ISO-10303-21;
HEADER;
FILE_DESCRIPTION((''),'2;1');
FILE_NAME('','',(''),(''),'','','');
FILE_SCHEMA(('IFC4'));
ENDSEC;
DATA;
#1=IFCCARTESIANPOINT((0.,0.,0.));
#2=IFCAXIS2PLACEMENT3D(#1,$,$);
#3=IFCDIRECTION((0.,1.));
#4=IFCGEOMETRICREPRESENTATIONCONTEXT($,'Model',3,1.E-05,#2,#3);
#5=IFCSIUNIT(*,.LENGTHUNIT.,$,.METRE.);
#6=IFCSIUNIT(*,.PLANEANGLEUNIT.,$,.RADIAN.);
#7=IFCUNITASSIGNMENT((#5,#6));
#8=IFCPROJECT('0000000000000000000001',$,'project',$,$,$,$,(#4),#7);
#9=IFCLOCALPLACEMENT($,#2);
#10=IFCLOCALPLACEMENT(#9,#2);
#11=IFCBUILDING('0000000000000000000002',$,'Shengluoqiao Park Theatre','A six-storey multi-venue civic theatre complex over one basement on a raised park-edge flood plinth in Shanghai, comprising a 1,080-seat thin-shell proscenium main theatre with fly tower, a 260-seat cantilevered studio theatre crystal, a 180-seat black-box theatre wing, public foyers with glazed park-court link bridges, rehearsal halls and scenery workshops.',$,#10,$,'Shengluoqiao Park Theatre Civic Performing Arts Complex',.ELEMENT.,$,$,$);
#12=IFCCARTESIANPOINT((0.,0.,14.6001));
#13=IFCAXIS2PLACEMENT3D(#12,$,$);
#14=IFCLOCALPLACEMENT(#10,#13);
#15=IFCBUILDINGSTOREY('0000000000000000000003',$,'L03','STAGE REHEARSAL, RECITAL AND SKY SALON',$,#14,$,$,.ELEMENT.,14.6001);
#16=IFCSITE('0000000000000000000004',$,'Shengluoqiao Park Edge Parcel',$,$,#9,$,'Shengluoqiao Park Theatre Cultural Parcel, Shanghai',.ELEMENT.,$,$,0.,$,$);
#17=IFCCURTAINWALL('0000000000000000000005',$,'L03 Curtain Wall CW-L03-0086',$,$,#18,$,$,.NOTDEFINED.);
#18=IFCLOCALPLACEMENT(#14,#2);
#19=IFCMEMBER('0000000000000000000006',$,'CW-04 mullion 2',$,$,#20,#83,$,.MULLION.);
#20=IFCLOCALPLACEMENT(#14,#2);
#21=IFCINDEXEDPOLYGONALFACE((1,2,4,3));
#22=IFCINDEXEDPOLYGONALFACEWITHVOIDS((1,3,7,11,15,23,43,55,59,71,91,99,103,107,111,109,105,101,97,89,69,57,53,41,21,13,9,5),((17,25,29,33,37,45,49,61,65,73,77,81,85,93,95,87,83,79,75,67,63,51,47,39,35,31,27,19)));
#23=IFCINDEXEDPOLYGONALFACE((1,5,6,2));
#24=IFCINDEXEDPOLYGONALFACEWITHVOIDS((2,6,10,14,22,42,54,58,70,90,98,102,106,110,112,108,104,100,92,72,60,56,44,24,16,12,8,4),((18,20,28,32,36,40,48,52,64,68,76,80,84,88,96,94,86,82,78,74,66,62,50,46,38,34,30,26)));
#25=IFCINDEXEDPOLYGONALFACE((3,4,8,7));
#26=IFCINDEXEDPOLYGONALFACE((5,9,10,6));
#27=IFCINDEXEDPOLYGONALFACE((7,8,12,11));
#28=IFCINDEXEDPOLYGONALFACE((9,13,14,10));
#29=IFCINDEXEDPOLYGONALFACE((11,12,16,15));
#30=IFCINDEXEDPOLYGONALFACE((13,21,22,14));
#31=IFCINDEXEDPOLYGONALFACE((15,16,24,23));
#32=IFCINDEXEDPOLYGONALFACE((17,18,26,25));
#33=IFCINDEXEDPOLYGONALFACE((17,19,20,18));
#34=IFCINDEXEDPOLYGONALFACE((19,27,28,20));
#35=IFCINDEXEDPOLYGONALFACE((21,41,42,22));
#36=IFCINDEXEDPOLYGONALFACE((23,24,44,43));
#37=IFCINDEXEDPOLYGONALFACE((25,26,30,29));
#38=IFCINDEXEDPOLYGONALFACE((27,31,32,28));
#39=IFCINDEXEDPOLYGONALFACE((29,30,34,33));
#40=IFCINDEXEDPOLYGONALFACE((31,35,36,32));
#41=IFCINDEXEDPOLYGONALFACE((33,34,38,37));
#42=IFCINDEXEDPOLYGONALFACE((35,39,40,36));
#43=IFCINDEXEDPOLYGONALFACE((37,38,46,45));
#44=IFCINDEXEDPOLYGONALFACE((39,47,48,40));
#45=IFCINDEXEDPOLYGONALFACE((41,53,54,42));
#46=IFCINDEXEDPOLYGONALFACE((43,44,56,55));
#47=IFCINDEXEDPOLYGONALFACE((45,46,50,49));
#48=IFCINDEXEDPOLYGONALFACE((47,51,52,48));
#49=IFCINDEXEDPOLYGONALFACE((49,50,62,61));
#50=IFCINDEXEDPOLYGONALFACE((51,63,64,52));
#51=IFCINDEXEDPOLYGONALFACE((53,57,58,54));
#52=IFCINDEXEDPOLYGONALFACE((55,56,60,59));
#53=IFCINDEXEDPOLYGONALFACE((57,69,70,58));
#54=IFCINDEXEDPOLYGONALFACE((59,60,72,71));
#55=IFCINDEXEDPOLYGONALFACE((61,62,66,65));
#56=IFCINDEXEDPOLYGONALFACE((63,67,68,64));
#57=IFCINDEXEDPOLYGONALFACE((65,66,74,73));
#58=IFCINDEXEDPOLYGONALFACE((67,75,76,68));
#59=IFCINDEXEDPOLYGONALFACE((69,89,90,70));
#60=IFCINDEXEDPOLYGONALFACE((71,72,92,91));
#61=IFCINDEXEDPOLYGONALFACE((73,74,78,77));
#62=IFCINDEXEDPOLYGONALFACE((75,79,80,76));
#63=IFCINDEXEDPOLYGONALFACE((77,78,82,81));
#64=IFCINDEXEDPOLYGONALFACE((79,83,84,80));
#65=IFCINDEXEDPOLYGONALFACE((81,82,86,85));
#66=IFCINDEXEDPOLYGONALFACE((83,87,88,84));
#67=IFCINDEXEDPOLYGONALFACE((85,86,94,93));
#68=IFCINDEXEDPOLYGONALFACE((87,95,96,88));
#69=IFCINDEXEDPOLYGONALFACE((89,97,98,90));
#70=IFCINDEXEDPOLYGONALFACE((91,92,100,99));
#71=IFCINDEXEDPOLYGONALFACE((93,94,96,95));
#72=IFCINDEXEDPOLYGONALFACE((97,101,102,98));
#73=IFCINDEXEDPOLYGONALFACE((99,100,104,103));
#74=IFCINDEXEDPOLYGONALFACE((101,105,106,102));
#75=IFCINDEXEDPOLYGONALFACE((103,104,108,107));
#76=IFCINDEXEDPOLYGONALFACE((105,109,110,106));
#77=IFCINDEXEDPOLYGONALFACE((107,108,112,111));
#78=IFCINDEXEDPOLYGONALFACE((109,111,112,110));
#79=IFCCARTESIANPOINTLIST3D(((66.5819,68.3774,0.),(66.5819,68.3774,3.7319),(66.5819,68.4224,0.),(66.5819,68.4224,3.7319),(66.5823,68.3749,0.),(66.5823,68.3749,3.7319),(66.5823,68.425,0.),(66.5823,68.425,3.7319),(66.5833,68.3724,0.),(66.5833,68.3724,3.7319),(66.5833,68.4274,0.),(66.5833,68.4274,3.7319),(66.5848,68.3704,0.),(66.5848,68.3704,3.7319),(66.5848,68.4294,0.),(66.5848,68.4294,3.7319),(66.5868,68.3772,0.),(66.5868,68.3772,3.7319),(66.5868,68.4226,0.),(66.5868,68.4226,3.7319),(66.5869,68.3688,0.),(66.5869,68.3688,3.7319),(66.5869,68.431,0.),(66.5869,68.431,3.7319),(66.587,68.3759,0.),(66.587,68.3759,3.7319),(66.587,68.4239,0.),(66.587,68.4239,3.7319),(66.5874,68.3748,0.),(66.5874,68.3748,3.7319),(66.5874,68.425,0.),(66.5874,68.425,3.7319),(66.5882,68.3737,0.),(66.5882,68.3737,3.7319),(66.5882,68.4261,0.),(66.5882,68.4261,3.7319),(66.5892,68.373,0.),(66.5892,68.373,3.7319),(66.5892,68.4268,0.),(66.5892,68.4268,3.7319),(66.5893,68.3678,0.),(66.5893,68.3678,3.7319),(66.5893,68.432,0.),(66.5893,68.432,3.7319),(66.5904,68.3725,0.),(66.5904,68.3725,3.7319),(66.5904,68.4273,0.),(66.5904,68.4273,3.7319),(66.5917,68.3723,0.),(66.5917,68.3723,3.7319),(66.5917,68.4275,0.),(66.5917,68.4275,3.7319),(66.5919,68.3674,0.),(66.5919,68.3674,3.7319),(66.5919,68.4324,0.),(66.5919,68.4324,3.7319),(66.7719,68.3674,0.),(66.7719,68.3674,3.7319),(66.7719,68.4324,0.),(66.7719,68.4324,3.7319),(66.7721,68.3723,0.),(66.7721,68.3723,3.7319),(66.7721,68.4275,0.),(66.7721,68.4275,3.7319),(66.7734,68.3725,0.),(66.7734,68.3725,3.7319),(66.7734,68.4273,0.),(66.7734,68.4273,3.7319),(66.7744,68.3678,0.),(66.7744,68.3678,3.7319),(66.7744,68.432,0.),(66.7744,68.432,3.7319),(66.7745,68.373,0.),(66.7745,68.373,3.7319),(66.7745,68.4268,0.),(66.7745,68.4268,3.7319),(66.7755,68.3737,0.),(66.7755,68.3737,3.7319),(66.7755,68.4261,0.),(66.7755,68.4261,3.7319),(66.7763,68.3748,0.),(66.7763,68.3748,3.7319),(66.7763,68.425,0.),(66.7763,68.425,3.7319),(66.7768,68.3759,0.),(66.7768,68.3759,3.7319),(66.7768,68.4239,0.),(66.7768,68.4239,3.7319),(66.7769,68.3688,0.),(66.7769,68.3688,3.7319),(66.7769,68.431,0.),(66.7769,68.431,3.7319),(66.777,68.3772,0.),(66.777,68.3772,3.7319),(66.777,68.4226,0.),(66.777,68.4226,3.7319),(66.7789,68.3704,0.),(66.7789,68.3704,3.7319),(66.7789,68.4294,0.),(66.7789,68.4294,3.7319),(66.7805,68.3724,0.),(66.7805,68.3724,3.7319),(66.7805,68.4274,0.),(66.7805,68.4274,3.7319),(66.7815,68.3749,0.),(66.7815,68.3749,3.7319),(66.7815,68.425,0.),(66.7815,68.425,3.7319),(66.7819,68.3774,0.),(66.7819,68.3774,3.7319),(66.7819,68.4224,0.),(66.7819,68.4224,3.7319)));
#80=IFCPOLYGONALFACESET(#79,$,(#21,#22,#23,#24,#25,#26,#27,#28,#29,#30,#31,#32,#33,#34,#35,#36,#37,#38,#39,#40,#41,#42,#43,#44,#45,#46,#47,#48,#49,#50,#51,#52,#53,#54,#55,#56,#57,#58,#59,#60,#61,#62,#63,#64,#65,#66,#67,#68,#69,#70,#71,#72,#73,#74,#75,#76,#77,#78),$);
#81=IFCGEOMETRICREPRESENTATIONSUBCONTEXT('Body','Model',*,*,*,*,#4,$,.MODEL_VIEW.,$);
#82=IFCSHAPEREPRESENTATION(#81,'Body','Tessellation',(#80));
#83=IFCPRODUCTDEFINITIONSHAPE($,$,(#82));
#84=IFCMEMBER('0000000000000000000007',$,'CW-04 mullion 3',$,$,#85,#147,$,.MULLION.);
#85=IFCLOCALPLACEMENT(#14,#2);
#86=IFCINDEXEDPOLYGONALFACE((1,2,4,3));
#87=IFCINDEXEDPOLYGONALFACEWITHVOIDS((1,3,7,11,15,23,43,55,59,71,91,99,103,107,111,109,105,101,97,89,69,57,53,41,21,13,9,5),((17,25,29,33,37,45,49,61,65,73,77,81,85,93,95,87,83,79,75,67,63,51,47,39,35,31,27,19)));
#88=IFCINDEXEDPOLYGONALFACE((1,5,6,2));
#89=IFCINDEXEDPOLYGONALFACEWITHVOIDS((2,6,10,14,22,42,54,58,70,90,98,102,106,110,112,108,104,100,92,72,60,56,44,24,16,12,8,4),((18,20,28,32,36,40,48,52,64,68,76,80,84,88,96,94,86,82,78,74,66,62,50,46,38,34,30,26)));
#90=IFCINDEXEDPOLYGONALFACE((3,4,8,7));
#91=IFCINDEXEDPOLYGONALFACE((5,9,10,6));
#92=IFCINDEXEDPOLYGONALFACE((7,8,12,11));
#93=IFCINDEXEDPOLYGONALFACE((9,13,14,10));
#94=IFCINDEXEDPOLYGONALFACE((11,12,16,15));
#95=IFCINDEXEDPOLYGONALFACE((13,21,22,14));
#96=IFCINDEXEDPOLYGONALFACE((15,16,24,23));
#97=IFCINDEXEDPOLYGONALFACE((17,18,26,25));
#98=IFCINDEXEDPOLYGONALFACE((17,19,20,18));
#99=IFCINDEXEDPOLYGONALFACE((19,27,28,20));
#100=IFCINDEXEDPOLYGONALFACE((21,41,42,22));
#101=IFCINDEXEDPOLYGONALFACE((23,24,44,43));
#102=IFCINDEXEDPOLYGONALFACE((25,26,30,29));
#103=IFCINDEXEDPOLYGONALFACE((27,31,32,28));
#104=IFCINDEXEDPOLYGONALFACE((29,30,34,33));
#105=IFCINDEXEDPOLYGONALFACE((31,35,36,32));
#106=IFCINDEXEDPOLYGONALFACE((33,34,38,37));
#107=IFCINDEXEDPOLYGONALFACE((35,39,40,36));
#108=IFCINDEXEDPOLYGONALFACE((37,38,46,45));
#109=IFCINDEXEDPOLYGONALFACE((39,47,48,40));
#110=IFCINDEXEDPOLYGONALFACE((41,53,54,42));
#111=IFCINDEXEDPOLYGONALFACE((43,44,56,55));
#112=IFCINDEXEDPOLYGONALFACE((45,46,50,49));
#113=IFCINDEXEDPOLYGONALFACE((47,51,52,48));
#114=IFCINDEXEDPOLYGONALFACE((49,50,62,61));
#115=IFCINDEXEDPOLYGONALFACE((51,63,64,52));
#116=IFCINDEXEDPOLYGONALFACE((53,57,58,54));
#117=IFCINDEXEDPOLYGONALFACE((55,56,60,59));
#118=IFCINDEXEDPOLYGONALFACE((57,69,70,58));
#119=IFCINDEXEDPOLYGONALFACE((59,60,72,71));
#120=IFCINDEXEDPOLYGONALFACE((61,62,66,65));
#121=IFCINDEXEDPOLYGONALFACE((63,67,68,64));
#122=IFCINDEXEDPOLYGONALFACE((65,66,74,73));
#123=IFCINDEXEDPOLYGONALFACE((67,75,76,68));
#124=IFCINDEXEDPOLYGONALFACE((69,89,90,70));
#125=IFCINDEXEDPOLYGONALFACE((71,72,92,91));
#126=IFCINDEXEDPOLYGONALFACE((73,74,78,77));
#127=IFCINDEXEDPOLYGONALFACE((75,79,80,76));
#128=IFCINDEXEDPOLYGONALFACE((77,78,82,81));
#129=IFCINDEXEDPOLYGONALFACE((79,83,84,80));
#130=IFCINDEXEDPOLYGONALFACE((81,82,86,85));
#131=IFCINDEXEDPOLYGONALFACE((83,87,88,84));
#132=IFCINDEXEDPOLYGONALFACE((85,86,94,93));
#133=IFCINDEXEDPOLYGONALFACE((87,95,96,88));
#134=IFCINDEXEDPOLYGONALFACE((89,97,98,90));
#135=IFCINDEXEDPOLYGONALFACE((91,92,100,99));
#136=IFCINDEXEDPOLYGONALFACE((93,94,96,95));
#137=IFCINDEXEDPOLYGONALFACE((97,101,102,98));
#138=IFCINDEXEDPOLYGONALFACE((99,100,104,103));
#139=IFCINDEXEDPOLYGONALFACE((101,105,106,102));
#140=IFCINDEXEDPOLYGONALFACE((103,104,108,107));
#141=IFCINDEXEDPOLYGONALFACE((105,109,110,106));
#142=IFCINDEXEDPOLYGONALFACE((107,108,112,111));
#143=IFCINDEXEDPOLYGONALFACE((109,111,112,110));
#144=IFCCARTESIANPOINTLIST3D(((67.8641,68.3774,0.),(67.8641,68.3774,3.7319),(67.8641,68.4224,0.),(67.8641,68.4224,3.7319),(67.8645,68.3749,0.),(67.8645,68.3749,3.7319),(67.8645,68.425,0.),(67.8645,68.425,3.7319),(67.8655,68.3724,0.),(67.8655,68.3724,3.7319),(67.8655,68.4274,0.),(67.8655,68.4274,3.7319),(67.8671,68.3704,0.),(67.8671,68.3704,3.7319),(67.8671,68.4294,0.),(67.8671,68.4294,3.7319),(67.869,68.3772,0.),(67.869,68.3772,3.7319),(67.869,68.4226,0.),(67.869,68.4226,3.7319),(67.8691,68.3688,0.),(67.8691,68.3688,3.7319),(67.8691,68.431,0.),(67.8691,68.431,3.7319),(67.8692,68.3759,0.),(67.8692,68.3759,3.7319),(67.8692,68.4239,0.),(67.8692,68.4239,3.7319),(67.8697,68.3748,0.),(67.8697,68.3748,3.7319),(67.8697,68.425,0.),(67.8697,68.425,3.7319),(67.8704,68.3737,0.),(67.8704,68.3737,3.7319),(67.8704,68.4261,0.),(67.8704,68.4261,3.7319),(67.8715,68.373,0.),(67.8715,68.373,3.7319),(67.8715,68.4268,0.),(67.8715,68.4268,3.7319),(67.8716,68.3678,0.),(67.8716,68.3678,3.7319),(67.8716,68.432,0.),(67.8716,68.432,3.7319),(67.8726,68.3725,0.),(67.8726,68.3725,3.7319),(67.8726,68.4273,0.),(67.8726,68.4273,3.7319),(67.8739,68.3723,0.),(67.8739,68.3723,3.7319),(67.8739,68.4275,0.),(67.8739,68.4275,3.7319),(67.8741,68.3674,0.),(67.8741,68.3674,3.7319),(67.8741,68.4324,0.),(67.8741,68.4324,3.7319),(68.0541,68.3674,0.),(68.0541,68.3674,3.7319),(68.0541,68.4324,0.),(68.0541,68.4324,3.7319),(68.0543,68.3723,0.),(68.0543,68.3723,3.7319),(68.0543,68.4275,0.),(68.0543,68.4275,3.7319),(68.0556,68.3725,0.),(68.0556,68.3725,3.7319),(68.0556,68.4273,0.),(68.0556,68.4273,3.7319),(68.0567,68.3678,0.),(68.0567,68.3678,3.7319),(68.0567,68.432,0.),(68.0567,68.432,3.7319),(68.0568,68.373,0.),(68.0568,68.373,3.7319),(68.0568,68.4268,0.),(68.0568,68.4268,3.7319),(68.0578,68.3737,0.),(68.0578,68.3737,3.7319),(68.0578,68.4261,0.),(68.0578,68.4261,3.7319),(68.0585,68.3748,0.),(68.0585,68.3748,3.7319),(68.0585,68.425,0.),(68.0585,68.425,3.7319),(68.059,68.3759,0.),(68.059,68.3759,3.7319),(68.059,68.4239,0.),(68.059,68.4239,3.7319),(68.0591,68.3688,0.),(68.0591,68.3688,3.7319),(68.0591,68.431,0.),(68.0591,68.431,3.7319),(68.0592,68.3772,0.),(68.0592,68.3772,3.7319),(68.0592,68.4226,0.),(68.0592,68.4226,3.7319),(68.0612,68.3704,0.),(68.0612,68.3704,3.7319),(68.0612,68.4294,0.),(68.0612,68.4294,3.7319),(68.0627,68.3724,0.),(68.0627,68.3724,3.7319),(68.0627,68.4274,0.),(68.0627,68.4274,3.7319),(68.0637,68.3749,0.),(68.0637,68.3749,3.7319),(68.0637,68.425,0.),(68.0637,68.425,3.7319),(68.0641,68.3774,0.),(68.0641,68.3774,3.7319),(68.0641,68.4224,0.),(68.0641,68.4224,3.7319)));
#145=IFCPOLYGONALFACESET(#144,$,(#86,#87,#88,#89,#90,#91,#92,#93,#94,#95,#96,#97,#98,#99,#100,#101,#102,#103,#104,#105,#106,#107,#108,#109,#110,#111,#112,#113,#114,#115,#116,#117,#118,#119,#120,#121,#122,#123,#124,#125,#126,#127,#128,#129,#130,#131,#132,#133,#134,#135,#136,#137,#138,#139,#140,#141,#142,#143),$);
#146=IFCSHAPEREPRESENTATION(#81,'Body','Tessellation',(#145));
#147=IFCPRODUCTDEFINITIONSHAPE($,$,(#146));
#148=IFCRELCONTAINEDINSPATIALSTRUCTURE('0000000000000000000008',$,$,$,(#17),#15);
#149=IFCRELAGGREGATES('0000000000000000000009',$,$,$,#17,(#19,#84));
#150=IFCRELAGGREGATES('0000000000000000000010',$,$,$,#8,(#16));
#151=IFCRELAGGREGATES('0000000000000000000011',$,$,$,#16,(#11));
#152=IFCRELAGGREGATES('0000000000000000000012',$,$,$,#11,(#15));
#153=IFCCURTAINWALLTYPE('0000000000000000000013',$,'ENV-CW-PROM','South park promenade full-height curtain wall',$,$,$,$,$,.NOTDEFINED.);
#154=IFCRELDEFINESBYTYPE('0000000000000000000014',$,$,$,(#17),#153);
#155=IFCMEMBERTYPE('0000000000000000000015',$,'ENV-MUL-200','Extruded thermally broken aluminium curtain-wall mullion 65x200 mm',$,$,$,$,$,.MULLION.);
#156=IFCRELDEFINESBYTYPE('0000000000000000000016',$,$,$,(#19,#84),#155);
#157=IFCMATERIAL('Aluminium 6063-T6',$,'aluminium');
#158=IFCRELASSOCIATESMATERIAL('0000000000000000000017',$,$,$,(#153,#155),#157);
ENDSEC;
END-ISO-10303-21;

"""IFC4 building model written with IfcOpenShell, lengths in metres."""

from ifc_helpers import new_model, si_unit, direction, frame, origin, origin_2d, place, context, subcontext, project, spatial, hollow_rectangle, extrude, material, material_profile, profile_set, type_object, element, aggregate, save


model = new_model("IFC4")

# Units and contexts
model_context = context("Model", 3, precision=1e-05, world=origin(), true_north=direction((0.0, 1.0)))
body_context = subcontext(model_context, "Body", "Model", "MODEL_VIEW")
ifc_project = project(units=[si_unit("LENGTHUNIT", "METRE"), si_unit("PLANEANGLEUNIT", "RADIAN")], contexts=[model_context])

# Site, building, storey
site_placement = place(None, origin())
site = spatial("IfcSite", under=ifc_project, at=site_placement, Name="Shengluoqiao Park Edge Parcel", LongName="Shengluoqiao Park Theatre Cultural Parcel, Shanghai", CompositionType="ELEMENT", RefElevation=0.0)
building_placement = place(site_placement, origin())
building = spatial("IfcBuilding", under=site, at=building_placement, Name="Shengluoqiao Park Theatre", Description="A six-storey multi-venue civic theatre complex over one basement on a raised park-edge flood plinth in Shanghai, comprising a 1,080-seat thin-shell proscenium main theatre with fly tower, a 260-seat cantilevered studio theatre crystal, a 180-seat black-box theatre wing, public foyers with glazed park-court link bridges, rehearsal halls and scenery workshops.", LongName="Shengluoqiao Park Theatre Civic Performing Arts Complex", CompositionType="ELEMENT")
storey_placement = place(building_placement, frame((0.0, 0.0, 14.6001)))
storey = spatial("IfcBuildingStorey", under=building, at=storey_placement, Name="L03", Description="STAGE REHEARSAL, RECITAL AND SKY SALON", CompositionType="ELEMENT", Elevation=14.6001)

# Shared definitions
ifc_material_1 = material(Name="Aluminium 6063-T6", Category="aluminium")
curtain_wall_type = type_object("IfcCurtainWallType", Name="ENV-CW-PROM", Description="South park promenade full-height curtain wall", PredefinedType="NOTDEFINED", material=ifc_material_1)
ifc_material_profile_1 = material_profile(ifc_material_1, hollow_rectangle(XDim=0.0649, YDim=0.2, WallThickness=0.0049, InnerFilletRadius=0.0049, OuterFilletRadius=0.01, at=origin_2d()), Name="ALU MULLION 200x65x5")
ifc_profile_set_1 = profile_set([ifc_material_profile_1], Name="Aluminium 6063-T6")
member_type_1 = type_object("IfcMemberType", Name="ENV-MUL-200", Description="Extruded thermally broken aluminium curtain-wall mullion 65x200 mm", PredefinedType="MULLION", material=ifc_profile_set_1)

# Curtain wall, members
curtain_wall_1_placement = place(storey_placement, origin())
curtain_wall_1 = element("IfcCurtainWall", 1, at=curtain_wall_1_placement, inside=storey, type_object=curtain_wall_type, Name="L03 Curtain Wall CW-L03-0086", PredefinedType="NOTDEFINED")
member_1_placement = place(storey_placement, frame((66.6819, 68.3999, 0.0), z_axis=(0.0, 0.0, 1.0), x_axis=(0.0, 1.0, 0.0)))
member_1 = element("IfcMember", 2, at=member_1_placement, type_object=member_type_1, Name="CW-04 mullion 2", PredefinedType="MULLION", context=body_context, shape_type="SweptSolid", body=[
    extrude(hollow_rectangle(XDim=0.0649, YDim=0.2, WallThickness=0.0049, InnerFilletRadius=0.0049, OuterFilletRadius=0.01, at=origin_2d()), origin(), (0.0, 0.0, 1.0), 3.7319),
])
member_2_placement = place(storey_placement, frame((67.9641, 68.3999, 0.0), z_axis=(0.0, 0.0, 1.0), x_axis=(0.0, 1.0, 0.0)))
member_2 = element("IfcMember", 3, at=member_2_placement, type_object=member_type_1, Name="CW-04 mullion 3", PredefinedType="MULLION", context=body_context, shape_type="SweptSolid", body=[
    extrude(hollow_rectangle(XDim=0.0649, YDim=0.2, WallThickness=0.0049, InnerFilletRadius=0.0049, OuterFilletRadius=0.01, at=origin_2d()), origin(), (0.0, 0.0, 1.0), 3.7319),
])

aggregate(curtain_wall_1, [member_1, member_2])

save(model, "model.ifc")
